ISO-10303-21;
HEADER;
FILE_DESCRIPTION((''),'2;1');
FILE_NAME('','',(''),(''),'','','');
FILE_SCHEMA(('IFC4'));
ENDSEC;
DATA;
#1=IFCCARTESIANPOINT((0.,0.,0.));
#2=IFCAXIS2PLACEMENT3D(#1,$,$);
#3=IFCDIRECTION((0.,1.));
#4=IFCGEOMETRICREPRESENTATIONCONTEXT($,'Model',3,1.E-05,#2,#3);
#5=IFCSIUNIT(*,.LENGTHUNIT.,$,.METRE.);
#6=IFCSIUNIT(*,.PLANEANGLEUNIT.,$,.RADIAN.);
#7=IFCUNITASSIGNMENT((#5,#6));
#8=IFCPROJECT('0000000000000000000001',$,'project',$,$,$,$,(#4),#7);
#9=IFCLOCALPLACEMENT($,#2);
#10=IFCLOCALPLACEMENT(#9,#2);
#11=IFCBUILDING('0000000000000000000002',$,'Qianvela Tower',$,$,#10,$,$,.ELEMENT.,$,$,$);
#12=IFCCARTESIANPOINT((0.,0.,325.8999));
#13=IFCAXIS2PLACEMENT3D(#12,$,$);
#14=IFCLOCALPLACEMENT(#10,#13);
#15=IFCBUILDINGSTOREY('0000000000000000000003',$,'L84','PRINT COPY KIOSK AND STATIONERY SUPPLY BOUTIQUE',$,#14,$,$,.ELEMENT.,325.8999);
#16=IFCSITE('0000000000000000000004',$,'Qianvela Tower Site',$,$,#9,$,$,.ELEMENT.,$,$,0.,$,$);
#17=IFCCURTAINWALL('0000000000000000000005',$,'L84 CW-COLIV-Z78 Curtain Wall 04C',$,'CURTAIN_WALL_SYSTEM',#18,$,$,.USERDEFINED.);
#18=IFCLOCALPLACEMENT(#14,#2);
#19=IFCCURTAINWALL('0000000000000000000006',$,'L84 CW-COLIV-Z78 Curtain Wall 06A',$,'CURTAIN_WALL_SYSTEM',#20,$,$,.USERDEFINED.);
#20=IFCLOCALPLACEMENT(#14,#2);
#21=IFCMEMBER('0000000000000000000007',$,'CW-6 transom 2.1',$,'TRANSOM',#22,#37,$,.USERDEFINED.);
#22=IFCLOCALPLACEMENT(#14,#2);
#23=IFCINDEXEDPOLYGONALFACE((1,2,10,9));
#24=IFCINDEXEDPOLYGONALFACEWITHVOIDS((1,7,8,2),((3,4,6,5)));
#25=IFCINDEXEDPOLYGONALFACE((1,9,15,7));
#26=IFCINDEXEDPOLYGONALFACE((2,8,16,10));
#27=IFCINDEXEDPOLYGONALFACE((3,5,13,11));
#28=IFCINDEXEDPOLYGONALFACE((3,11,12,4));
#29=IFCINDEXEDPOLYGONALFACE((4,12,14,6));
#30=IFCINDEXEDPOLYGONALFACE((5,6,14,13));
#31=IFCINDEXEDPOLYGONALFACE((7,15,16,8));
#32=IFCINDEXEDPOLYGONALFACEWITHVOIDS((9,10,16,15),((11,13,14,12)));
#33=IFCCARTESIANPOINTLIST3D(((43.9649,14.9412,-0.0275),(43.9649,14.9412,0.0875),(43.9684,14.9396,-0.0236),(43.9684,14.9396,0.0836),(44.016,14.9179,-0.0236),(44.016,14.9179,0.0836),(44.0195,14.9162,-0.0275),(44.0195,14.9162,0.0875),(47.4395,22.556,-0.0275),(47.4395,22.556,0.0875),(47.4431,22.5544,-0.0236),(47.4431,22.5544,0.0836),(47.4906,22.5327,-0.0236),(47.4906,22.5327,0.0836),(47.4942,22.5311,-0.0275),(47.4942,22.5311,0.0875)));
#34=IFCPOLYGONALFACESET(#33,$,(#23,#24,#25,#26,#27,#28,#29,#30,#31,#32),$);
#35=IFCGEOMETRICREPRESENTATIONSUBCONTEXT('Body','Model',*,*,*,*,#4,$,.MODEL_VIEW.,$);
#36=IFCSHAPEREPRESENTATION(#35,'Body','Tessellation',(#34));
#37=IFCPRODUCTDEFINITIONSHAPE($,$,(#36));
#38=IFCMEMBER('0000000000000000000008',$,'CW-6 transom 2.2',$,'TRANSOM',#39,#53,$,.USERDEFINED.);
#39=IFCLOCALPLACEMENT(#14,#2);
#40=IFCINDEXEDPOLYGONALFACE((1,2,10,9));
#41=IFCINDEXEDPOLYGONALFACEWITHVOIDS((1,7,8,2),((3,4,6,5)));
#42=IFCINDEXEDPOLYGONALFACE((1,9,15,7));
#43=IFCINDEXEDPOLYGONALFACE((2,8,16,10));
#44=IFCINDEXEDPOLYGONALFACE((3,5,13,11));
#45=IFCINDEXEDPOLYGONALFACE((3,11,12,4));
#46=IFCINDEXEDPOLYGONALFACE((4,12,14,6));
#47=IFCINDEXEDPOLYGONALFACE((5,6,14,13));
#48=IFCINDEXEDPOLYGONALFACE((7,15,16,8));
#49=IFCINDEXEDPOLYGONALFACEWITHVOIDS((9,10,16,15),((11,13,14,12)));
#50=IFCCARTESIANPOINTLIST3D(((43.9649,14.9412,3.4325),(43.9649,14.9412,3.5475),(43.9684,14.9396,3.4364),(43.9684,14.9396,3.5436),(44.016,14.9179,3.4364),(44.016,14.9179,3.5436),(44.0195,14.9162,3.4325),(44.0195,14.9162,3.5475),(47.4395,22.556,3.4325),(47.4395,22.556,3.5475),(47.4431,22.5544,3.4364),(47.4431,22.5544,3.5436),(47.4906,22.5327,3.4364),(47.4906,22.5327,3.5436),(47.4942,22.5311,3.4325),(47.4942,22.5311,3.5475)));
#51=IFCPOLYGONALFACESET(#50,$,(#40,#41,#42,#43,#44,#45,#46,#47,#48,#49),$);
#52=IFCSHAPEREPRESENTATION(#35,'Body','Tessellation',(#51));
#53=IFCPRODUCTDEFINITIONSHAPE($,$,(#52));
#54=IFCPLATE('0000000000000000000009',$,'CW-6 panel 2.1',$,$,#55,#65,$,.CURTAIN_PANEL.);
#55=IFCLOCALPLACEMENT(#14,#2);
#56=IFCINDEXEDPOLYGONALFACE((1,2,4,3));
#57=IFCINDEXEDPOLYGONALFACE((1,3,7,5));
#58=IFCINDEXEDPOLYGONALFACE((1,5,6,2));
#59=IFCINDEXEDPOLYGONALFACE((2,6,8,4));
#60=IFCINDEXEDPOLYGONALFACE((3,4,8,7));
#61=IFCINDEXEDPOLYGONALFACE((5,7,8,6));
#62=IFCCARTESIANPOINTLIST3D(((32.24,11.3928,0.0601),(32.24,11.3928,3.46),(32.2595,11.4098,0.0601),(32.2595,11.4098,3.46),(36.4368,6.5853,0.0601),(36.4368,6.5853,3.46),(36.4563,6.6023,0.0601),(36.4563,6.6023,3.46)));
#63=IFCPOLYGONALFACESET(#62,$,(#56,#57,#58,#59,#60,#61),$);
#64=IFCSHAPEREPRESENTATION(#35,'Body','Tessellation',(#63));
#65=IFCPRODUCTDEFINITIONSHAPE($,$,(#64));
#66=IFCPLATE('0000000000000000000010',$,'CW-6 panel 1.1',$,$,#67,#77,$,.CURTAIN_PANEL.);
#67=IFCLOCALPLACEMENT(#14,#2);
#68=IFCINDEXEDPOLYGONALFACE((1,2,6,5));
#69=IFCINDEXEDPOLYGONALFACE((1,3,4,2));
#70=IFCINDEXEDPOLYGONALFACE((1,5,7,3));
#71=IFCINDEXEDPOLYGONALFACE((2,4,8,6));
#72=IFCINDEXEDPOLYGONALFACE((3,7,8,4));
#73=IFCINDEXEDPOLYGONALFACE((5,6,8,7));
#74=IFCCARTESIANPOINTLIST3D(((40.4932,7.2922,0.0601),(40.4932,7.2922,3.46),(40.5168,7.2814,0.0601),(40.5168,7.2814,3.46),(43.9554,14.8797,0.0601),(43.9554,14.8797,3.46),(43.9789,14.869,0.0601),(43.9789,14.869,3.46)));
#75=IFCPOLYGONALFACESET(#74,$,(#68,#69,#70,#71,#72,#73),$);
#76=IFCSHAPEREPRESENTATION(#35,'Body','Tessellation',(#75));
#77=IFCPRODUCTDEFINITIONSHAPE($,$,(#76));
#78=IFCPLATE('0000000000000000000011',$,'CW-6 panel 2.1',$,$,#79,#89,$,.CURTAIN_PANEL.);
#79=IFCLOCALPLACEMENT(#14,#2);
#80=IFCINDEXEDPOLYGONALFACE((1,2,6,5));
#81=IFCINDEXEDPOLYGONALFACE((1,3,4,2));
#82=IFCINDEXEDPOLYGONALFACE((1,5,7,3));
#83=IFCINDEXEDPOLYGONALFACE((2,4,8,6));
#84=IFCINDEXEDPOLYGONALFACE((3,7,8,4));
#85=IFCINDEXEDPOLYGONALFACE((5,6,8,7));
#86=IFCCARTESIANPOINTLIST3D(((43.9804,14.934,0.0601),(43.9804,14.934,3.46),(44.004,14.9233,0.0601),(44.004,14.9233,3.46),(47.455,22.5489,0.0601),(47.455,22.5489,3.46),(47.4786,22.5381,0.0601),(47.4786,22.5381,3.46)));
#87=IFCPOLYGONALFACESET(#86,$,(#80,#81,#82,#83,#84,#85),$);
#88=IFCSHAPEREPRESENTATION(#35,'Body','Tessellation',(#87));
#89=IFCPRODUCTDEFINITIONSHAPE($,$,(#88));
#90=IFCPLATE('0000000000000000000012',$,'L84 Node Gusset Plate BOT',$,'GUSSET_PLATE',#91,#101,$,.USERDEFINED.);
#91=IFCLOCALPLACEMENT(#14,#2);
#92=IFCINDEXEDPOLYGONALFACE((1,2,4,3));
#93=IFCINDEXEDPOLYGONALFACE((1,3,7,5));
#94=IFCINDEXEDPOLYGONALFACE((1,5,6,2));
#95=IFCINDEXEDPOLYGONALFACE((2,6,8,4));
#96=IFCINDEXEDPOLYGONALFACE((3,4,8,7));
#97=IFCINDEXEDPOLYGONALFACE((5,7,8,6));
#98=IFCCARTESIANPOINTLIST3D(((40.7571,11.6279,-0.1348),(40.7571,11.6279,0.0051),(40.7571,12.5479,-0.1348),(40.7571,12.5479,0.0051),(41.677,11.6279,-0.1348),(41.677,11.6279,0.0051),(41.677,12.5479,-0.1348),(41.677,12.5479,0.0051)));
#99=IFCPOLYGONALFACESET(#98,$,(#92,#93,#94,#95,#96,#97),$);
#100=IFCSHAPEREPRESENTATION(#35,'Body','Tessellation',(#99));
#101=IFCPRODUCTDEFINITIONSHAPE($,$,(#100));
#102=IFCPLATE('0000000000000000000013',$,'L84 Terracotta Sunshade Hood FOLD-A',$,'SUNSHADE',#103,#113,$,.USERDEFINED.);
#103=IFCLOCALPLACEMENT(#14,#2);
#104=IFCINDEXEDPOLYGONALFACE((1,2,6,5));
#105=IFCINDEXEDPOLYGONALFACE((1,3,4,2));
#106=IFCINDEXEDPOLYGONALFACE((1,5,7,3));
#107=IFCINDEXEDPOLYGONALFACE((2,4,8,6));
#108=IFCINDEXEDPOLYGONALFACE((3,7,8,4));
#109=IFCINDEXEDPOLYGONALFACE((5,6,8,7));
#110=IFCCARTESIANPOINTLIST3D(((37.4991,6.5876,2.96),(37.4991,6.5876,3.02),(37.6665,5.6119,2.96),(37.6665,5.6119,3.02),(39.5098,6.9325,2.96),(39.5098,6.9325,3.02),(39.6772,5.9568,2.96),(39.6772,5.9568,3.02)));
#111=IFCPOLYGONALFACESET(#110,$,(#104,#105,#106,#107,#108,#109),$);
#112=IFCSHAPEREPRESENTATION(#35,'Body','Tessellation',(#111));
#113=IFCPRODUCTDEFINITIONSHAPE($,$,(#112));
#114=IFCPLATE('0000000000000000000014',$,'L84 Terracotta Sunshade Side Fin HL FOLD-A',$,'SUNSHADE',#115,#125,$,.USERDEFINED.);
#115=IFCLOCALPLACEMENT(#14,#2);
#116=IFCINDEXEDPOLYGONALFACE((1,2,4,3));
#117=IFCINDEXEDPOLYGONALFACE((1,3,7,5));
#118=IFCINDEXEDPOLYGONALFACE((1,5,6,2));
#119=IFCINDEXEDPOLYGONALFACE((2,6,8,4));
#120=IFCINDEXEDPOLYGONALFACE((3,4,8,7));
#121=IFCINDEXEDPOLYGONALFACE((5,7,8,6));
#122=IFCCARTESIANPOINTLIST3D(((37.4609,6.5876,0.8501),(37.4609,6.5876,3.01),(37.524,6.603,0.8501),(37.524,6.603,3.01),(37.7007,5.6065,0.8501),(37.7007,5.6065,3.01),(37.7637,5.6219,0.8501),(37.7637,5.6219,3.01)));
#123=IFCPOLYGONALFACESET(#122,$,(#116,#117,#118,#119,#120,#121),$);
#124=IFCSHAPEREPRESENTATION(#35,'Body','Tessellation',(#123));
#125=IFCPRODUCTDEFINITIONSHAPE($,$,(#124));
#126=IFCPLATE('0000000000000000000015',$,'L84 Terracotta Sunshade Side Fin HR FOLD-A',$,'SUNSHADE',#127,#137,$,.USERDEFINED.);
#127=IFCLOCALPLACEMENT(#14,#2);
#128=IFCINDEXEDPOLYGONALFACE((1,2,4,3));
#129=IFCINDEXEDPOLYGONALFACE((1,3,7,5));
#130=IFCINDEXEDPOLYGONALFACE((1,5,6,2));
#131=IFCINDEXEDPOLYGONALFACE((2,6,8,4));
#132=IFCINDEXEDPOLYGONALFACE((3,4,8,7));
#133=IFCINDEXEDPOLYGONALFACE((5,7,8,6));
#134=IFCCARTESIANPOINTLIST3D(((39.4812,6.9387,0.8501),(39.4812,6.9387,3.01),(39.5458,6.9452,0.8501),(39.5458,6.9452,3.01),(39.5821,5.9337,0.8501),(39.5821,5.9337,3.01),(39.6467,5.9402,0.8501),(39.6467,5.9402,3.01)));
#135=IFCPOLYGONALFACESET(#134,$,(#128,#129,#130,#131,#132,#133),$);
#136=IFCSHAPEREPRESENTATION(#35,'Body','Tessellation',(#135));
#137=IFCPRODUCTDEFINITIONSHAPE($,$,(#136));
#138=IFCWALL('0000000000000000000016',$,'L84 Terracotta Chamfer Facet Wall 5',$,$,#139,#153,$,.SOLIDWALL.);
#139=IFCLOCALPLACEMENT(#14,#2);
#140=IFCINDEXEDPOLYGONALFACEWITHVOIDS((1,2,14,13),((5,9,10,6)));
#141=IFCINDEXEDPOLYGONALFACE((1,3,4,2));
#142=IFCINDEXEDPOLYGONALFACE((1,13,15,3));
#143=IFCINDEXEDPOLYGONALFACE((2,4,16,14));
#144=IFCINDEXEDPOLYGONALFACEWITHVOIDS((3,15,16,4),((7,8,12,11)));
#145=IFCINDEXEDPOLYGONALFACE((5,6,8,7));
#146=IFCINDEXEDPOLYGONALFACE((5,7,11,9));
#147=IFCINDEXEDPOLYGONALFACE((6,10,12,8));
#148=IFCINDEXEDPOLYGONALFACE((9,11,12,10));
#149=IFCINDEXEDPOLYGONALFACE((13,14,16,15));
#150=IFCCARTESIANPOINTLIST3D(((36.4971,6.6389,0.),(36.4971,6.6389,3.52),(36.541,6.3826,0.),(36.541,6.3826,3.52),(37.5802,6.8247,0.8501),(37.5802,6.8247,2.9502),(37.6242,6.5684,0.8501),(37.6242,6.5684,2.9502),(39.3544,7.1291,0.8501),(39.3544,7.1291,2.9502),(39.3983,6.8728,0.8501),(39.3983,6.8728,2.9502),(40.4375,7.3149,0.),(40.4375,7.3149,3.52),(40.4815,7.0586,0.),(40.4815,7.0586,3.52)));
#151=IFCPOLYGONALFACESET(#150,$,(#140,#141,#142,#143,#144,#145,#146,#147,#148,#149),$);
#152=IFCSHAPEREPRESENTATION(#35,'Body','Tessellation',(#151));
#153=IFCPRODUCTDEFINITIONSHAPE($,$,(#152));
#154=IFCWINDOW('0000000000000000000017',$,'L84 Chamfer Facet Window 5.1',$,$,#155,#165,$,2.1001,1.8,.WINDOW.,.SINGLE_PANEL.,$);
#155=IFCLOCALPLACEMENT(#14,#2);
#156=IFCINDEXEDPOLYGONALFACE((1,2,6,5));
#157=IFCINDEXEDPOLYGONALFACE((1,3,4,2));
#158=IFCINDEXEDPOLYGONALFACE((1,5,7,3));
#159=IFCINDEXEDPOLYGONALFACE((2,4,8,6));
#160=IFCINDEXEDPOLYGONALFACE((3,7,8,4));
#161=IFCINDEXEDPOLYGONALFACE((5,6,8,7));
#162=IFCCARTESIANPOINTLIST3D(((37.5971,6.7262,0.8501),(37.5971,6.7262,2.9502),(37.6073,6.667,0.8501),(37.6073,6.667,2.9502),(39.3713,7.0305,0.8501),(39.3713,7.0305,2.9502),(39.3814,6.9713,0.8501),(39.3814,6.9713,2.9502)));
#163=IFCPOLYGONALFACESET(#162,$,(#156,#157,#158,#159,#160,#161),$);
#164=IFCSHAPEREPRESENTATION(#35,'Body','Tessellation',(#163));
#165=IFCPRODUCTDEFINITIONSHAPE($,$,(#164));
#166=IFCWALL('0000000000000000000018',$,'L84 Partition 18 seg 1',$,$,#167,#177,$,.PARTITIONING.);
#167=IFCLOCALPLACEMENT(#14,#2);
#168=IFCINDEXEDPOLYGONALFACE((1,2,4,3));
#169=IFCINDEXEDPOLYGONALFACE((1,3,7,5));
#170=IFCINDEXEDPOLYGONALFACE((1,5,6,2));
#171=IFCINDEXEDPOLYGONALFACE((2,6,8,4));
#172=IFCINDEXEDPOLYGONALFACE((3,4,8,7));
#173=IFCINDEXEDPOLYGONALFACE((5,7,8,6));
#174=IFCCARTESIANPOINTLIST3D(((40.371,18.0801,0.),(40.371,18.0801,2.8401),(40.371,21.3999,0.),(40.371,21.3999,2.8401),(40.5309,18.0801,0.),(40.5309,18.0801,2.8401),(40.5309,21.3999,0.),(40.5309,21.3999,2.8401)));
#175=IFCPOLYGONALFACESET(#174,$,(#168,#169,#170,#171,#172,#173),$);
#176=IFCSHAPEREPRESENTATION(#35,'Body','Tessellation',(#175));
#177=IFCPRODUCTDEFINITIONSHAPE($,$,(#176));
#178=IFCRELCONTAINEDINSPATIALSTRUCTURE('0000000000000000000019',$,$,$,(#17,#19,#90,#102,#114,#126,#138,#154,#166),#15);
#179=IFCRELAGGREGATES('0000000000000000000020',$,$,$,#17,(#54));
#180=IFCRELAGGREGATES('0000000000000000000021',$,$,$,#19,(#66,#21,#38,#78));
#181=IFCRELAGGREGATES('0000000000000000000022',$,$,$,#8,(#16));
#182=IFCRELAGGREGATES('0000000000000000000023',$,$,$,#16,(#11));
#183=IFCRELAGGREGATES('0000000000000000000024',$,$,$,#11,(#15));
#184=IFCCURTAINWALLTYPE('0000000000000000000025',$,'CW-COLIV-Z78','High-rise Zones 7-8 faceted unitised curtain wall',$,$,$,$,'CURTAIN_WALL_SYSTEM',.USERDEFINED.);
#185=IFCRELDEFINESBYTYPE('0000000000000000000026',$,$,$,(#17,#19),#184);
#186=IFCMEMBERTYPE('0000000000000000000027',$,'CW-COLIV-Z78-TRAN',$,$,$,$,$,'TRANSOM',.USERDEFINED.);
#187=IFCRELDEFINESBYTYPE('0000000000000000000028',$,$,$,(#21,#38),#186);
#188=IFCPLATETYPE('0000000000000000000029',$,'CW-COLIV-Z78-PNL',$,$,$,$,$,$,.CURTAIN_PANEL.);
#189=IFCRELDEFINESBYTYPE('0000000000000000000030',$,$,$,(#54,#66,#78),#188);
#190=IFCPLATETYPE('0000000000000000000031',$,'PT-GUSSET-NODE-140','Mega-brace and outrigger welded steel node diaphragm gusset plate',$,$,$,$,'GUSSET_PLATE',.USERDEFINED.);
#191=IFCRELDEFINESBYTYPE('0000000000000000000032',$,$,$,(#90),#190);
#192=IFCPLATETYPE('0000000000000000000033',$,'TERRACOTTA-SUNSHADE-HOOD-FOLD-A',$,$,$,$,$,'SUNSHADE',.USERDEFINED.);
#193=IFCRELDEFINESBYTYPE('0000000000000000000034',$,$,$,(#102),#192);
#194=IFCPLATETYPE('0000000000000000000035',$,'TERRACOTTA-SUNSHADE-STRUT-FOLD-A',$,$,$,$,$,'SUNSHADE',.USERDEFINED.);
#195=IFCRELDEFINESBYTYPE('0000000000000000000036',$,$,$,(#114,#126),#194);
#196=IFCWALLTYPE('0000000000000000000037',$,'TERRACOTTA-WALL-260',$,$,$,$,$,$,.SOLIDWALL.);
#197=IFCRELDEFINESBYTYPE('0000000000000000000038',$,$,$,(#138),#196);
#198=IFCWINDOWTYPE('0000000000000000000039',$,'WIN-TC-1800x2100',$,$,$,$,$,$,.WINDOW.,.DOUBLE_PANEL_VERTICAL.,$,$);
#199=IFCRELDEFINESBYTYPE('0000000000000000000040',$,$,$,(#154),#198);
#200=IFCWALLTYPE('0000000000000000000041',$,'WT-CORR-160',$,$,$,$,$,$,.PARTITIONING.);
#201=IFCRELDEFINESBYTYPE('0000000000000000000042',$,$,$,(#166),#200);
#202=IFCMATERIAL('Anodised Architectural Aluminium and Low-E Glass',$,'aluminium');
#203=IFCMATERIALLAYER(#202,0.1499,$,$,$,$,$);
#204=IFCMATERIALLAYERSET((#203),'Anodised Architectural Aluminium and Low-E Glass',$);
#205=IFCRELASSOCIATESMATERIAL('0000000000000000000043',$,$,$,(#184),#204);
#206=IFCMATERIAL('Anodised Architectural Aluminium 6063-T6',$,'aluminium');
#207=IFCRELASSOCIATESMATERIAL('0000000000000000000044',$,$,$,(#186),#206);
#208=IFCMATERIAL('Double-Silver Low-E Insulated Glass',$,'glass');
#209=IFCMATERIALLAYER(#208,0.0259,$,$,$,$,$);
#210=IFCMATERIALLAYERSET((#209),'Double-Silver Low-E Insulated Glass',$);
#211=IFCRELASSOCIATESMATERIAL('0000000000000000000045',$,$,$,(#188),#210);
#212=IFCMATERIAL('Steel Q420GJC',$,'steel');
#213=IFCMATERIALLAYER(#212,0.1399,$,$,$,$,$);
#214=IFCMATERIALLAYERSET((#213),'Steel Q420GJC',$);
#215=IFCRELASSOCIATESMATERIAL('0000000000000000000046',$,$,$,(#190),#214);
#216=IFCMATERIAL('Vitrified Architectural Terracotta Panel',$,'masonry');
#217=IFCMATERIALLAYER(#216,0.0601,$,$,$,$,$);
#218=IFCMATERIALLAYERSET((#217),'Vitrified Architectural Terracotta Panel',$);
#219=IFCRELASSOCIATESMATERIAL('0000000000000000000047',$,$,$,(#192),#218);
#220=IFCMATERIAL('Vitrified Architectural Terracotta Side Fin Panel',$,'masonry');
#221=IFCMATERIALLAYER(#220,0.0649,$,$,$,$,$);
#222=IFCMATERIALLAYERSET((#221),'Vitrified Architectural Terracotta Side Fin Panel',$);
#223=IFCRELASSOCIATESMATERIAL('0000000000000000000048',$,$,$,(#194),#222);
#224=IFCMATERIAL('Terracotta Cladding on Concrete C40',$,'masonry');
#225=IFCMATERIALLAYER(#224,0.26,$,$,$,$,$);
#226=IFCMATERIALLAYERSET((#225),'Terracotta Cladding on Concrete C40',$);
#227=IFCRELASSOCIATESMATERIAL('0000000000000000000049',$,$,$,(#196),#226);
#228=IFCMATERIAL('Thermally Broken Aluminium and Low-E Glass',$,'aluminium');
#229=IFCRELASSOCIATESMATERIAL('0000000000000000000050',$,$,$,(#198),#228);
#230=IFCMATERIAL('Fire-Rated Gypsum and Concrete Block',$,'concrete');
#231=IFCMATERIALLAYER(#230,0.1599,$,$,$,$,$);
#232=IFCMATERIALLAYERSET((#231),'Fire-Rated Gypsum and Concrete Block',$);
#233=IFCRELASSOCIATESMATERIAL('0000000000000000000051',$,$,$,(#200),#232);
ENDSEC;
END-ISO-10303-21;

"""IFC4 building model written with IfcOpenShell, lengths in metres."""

from ifc_helpers import new_model, si_unit, direction, frame, frame_2d, origin, origin_2d, place, context, subcontext, project, spatial, rectangle, hollow_rectangle, extrude, material, layer, layer_set, material_profile, profile_set, type_object, element, fill, aggregate, save


model = new_model("IFC4")

# Units and contexts
model_context = context("Model", 3, precision=1e-05, world=origin(), true_north=direction((0.0, 1.0)))
body_context = subcontext(model_context, "Body", "Model", "MODEL_VIEW")
ifc_project = project(units=[si_unit("LENGTHUNIT", "METRE"), si_unit("PLANEANGLEUNIT", "RADIAN")], contexts=[model_context])

# Site, building, storey
site_placement = place(None, origin())
site = spatial("IfcSite", under=ifc_project, at=site_placement, Name="Qianvela Tower Site", CompositionType="ELEMENT", RefElevation=0.0)
building_placement = place(site_placement, origin())
building = spatial("IfcBuilding", under=site, at=building_placement, Name="Qianvela Tower", CompositionType="ELEMENT")
storey_placement = place(building_placement, frame((0.0, 0.0, 325.8999)))
storey = spatial("IfcBuildingStorey", under=building, at=storey_placement, Name="L84", Description="PRINT COPY KIOSK AND STATIONERY SUPPLY BOUTIQUE", CompositionType="ELEMENT", Elevation=325.8999)

# Curtain wall
ifc_material_1 = material(Name="Anodised Architectural Aluminium and Low-E Glass", Category="aluminium")
ifc_layer_1 = layer(ifc_material_1, 0.1499)
ifc_layer_set_1 = layer_set([ifc_layer_1], Name="Anodised Architectural Aluminium and Low-E Glass")
curtain_wall_type = type_object("IfcCurtainWallType", Name="CW-COLIV-Z78", Description="High-rise Zones 7-8 faceted unitised curtain wall", ElementType="CURTAIN_WALL_SYSTEM", PredefinedType="USERDEFINED", material=ifc_layer_set_1)
curtain_wall_1_placement = place(storey_placement, origin())
curtain_wall_1 = element("IfcCurtainWall", 1, at=curtain_wall_1_placement, inside=storey, type_object=curtain_wall_type, Name="L84 CW-COLIV-Z78 Curtain Wall 04C", ObjectType="CURTAIN_WALL_SYSTEM", PredefinedType="USERDEFINED")

# Curtain wall, members
curtain_wall_2_placement = place(storey_placement, origin())
curtain_wall_2 = element("IfcCurtainWall", 2, at=curtain_wall_2_placement, inside=storey, type_object=curtain_wall_type, Name="L84 CW-COLIV-Z78 Curtain Wall 06A", ObjectType="CURTAIN_WALL_SYSTEM", PredefinedType="USERDEFINED")
ifc_material_2 = material(Name="Anodised Architectural Aluminium 6063-T6", Category="aluminium")
ifc_material_profile_1 = material_profile(ifc_material_2, hollow_rectangle(XDim=0.0601, YDim=0.115, WallThickness=0.0039, at=origin_2d()), Name="ALU-TRAN-60x115")
ifc_profile_set_1 = profile_set([ifc_material_profile_1], Name="Anodised Architectural Aluminium 6063-T6")
member_type_1 = type_object("IfcMemberType", Name="CW-COLIV-Z78-TRAN", ElementType="TRANSOM", PredefinedType="USERDEFINED", material=ifc_profile_set_1)
member_1_placement = place(storey_placement, frame((43.9922, 14.9287, 0.03), z_axis=(0.415125, 0.909764, 0.0), x_axis=(-0.909764, 0.415125, 0.0)))
member_1 = element("IfcMember", 3, at=member_1_placement, type_object=member_type_1, Name="CW-6 transom 2.1", ObjectType="TRANSOM", PredefinedType="USERDEFINED", context=body_context, shape_type="SweptSolid", body=[
    extrude(hollow_rectangle(XDim=0.0601, YDim=0.115, WallThickness=0.0039, at=origin_2d()), origin(), (0.0, 0.0, 1.0), 8.3701),
])
member_2_placement = place(storey_placement, frame((43.9922, 14.9287, 3.49), z_axis=(0.415125, 0.909764, 0.0), x_axis=(-0.909764, 0.415125, 0.0)))
member_2 = element("IfcMember", 4, at=member_2_placement, type_object=member_type_1, Name="CW-6 transom 2.2", ObjectType="TRANSOM", PredefinedType="USERDEFINED", context=body_context, shape_type="SweptSolid", body=[
    extrude(hollow_rectangle(XDim=0.0601, YDim=0.115, WallThickness=0.0039, at=origin_2d()), origin(), (0.0, 0.0, 1.0), 8.3701),
])

# Plates
ifc_material_3 = material(Name="Double-Silver Low-E Insulated Glass", Category="glass")
ifc_layer_2 = layer(ifc_material_3, 0.0259)
ifc_layer_set_2 = layer_set([ifc_layer_2], Name="Double-Silver Low-E Insulated Glass")
plate_type_1 = type_object("IfcPlateType", Name="CW-COLIV-Z78-PNL", PredefinedType="CURTAIN_PANEL", material=ifc_layer_set_2)
plate_1_placement = place(storey_placement, frame((34.3481, 8.9976, 0.0601), z_axis=(0.0, 0.0, 1.0), x_axis=(0.657639, -0.753333, 0.0)))
plate_1 = element("IfcPlate", 5, at=plate_1_placement, type_object=plate_type_1, Name="CW-6 panel 2.1", PredefinedType="CURTAIN_PANEL", context=body_context, shape_type="SweptSolid", body=[
    extrude(rectangle(XDim=6.3816, YDim=0.0259, at=origin_2d()), origin(), (0.0, 0.0, 1.0), 3.3999),
])
aggregate(curtain_wall_1, [plate_1])
plate_2_placement = place(storey_placement, frame((42.2361, 11.0806, 0.0601), z_axis=(0.0, 0.0, 1.0), x_axis=(0.41512, 0.909766, 0.0)))
plate_2 = element("IfcPlate", 6, at=plate_2_placement, type_object=plate_type_1, Name="CW-6 panel 1.1", PredefinedType="CURTAIN_PANEL", context=body_context, shape_type="SweptSolid", body=[
    extrude(rectangle(XDim=8.3401, YDim=0.0259, at=origin_2d()), origin(), (0.0, 0.0, 1.0), 3.3999),
])
plate_3_placement = place(storey_placement, frame((45.7295, 18.7361, 0.0601), z_axis=(0.0, 0.0, 1.0), x_axis=(0.41512, 0.909766, 0.0)))
plate_3 = element("IfcPlate", 7, at=plate_3_placement, type_object=plate_type_1, Name="CW-6 panel 2.1", PredefinedType="CURTAIN_PANEL", context=body_context, shape_type="SweptSolid", body=[
    extrude(rectangle(XDim=8.3701, YDim=0.0259, at=origin_2d()), origin(), (0.0, 0.0, 1.0), 3.3999),
])
aggregate(curtain_wall_2, [plate_2, member_1, member_2, plate_3])

# Plates
ifc_material_4 = material(Name="Steel Q420GJC", Category="steel")
ifc_layer_3 = layer(ifc_material_4, 0.1399)
ifc_layer_set_3 = layer_set([ifc_layer_3], Name="Steel Q420GJC")
plate_type_2 = type_object("IfcPlateType", Name="PT-GUSSET-NODE-140", Description="Mega-brace and outrigger welded steel node diaphragm gusset plate", ElementType="GUSSET_PLATE", PredefinedType="USERDEFINED", material=ifc_layer_set_3)
plate_4_placement = place(storey_placement, frame((41.217, 12.0879, -0.1348), z_axis=(0.0, 0.0, 1.0), x_axis=(1.0, 0.0, 0.0)))
element("IfcPlate", 8, at=plate_4_placement, inside=storey, type_object=plate_type_2, Name="L84 Node Gusset Plate BOT", ObjectType="GUSSET_PLATE", PredefinedType="USERDEFINED", context=body_context, shape_type="SweptSolid", body=[
    extrude(rectangle(XDim=0.9199, YDim=0.9199, at=origin_2d()), origin(), (0.0, 0.0, 1.0), 0.1399),
])
ifc_material_5 = material(Name="Vitrified Architectural Terracotta Panel", Category="masonry")
ifc_layer_4 = layer(ifc_material_5, 0.0601)
ifc_layer_set_4 = layer_set([ifc_layer_4], Name="Vitrified Architectural Terracotta Panel")
plate_type_3 = type_object("IfcPlateType", Name="TERRACOTTA-SUNSHADE-HOOD-FOLD-A", ElementType="SUNSHADE", PredefinedType="USERDEFINED", material=ifc_layer_set_4)
plate_5_placement = place(storey_placement, frame((38.5881, 6.2722, 2.96), z_axis=(0.0, 0.0, 1.0), x_axis=(0.985605, 0.169062, 0.0)))
element("IfcPlate", 9, at=plate_5_placement, inside=storey, type_object=plate_type_3, Name="L84 Terracotta Sunshade Hood FOLD-A", ObjectType="SUNSHADE", PredefinedType="USERDEFINED", context=body_context, shape_type="SweptSolid", body=[
    extrude(rectangle(XDim=2.04, YDim=0.99, at=origin_2d()), origin(), (0.0, 0.0, 1.0), 0.0601),
])
ifc_material_6 = material(Name="Vitrified Architectural Terracotta Side Fin Panel", Category="masonry")
ifc_layer_5 = layer(ifc_material_6, 0.0649)
ifc_layer_set_5 = layer_set([ifc_layer_5], Name="Vitrified Architectural Terracotta Side Fin Panel")
plate_type_4 = type_object("IfcPlateType", Name="TERRACOTTA-SUNSHADE-STRUT-FOLD-A", ElementType="SUNSHADE", PredefinedType="USERDEFINED", material=ifc_layer_set_5)
for number, where, z_axis, x_axis, name in (
    (10, (37.6123, 6.1047, 0.8501), (0.0, 0.0, 1.0), (0.971411, 0.237403, 0.0), "L84 Terracotta Sunshade Side Fin HL FOLD-A"),
    (11, (39.564, 6.4395, 0.8501), (0.0, 0.0, 1.0), (0.994998, 0.099898, 0.0), "L84 Terracotta Sunshade Side Fin HR FOLD-A"),
):
    element("IfcPlate", number, at=place(storey_placement, frame(where, z_axis=z_axis, x_axis=x_axis)), inside=storey, type_object=plate_type_4, Name=name, ObjectType="SUNSHADE", PredefinedType="USERDEFINED", context=body_context, shape_type="SweptSolid", body=[
        extrude(rectangle(XDim=0.0649, YDim=1.01, at=origin_2d()), origin(), (0.0, 0.0, 1.0), 2.1599),
    ])

# Wall, opening, window
ifc_material_7 = material(Name="Terracotta Cladding on Concrete C40", Category="masonry")
ifc_layer_6 = layer(ifc_material_7, 0.26)
ifc_layer_set_6 = layer_set([ifc_layer_6], Name="Terracotta Cladding on Concrete C40")
wall_type_1 = type_object("IfcWallType", Name="TERRACOTTA-WALL-260", PredefinedType="SOLIDWALL", material=ifc_layer_set_6)
wall_1_placement = place(storey_placement, frame((36.519, 6.5107, 0.0), z_axis=(0.0, 0.0, 1.0), x_axis=(0.9856, 0.169091, 0.0)))
wall_1 = element("IfcWall", 12, at=wall_1_placement, inside=storey, type_object=wall_type_1, Name="L84 Terracotta Chamfer Facet Wall 5", PredefinedType="SOLIDWALL", context=body_context, shape_type="SweptSolid", body=[
    extrude(rectangle(XDim=3.998, YDim=0.26, at=frame_2d((1.999, 0.0))), origin(), (0.0, 0.0, 1.0), 3.52),
])
opening_1_placement = place(wall_1_placement, frame((1.0991, 0.0, 0.8501)))
opening_1 = element("IfcOpeningElement", 13, at=opening_1_placement, cuts=wall_1, PredefinedType="OPENING", context=body_context, shape_type="SweptSolid", body=[
    extrude(rectangle(XDim=1.8, YDim=2.1001, at=frame_2d((0.8999, 1.05))), frame((0.0, 0.1399, 0.0), z_axis=(0.0, -1.0, 0.0), x_axis=(1.0, 0.0, 0.0)), (0.0, 0.0, 1.0), 0.28),
])
ifc_material_8 = material(Name="Thermally Broken Aluminium and Low-E Glass", Category="aluminium")
window_type = type_object("IfcWindowType", Name="WIN-TC-1800x2100", PartitioningType="DOUBLE_PANEL_VERTICAL", PredefinedType="WINDOW", material=ifc_material_8)
window_placement = place(opening_1_placement, origin())
window = element("IfcWindow", 14, at=window_placement, inside=storey, type_object=window_type, Name="L84 Chamfer Facet Window 5.1", OverallHeight=2.1001, OverallWidth=1.8, PartitioningType="SINGLE_PANEL", PredefinedType="WINDOW", context=body_context, shape_type="SweptSolid", body=[
    extrude(rectangle(XDim=1.8, YDim=2.1001, at=frame_2d((0.8999, 1.05))), frame((0.0, 0.03, 0.0), z_axis=(0.0, -1.0, 0.0), x_axis=(1.0, 0.0, 0.0)), (0.0, 0.0, 1.0), 0.0601),
])
fill(opening_1, window)

# Shared definitions
ifc_material_9 = material(Name="Fire-Rated Gypsum and Concrete Block", Category="concrete")
ifc_layer_7 = layer(ifc_material_9, 0.1599)
ifc_layer_set_7 = layer_set([ifc_layer_7], Name="Fire-Rated Gypsum and Concrete Block")
wall_type_2 = type_object("IfcWallType", Name="WT-CORR-160", PredefinedType="PARTITIONING", material=ifc_layer_set_7)

# Wall
wall_2_placement = place(storey_placement, frame((40.4509, 18.0801, 0.0), z_axis=(0.0, 0.0, 1.0), x_axis=(0.0, 1.0, 0.0)))
element("IfcWall", 15, at=wall_2_placement, inside=storey, type_object=wall_type_2, Name="L84 Partition 18 seg 1", PredefinedType="PARTITIONING", context=body_context, shape_type="SweptSolid", body=[
    extrude(rectangle(XDim=3.3198, YDim=0.1599, at=frame_2d((1.6599, 0.0))), origin(), (0.0, 0.0, 1.0), 2.8401),
])

save(model, "model.ifc")
